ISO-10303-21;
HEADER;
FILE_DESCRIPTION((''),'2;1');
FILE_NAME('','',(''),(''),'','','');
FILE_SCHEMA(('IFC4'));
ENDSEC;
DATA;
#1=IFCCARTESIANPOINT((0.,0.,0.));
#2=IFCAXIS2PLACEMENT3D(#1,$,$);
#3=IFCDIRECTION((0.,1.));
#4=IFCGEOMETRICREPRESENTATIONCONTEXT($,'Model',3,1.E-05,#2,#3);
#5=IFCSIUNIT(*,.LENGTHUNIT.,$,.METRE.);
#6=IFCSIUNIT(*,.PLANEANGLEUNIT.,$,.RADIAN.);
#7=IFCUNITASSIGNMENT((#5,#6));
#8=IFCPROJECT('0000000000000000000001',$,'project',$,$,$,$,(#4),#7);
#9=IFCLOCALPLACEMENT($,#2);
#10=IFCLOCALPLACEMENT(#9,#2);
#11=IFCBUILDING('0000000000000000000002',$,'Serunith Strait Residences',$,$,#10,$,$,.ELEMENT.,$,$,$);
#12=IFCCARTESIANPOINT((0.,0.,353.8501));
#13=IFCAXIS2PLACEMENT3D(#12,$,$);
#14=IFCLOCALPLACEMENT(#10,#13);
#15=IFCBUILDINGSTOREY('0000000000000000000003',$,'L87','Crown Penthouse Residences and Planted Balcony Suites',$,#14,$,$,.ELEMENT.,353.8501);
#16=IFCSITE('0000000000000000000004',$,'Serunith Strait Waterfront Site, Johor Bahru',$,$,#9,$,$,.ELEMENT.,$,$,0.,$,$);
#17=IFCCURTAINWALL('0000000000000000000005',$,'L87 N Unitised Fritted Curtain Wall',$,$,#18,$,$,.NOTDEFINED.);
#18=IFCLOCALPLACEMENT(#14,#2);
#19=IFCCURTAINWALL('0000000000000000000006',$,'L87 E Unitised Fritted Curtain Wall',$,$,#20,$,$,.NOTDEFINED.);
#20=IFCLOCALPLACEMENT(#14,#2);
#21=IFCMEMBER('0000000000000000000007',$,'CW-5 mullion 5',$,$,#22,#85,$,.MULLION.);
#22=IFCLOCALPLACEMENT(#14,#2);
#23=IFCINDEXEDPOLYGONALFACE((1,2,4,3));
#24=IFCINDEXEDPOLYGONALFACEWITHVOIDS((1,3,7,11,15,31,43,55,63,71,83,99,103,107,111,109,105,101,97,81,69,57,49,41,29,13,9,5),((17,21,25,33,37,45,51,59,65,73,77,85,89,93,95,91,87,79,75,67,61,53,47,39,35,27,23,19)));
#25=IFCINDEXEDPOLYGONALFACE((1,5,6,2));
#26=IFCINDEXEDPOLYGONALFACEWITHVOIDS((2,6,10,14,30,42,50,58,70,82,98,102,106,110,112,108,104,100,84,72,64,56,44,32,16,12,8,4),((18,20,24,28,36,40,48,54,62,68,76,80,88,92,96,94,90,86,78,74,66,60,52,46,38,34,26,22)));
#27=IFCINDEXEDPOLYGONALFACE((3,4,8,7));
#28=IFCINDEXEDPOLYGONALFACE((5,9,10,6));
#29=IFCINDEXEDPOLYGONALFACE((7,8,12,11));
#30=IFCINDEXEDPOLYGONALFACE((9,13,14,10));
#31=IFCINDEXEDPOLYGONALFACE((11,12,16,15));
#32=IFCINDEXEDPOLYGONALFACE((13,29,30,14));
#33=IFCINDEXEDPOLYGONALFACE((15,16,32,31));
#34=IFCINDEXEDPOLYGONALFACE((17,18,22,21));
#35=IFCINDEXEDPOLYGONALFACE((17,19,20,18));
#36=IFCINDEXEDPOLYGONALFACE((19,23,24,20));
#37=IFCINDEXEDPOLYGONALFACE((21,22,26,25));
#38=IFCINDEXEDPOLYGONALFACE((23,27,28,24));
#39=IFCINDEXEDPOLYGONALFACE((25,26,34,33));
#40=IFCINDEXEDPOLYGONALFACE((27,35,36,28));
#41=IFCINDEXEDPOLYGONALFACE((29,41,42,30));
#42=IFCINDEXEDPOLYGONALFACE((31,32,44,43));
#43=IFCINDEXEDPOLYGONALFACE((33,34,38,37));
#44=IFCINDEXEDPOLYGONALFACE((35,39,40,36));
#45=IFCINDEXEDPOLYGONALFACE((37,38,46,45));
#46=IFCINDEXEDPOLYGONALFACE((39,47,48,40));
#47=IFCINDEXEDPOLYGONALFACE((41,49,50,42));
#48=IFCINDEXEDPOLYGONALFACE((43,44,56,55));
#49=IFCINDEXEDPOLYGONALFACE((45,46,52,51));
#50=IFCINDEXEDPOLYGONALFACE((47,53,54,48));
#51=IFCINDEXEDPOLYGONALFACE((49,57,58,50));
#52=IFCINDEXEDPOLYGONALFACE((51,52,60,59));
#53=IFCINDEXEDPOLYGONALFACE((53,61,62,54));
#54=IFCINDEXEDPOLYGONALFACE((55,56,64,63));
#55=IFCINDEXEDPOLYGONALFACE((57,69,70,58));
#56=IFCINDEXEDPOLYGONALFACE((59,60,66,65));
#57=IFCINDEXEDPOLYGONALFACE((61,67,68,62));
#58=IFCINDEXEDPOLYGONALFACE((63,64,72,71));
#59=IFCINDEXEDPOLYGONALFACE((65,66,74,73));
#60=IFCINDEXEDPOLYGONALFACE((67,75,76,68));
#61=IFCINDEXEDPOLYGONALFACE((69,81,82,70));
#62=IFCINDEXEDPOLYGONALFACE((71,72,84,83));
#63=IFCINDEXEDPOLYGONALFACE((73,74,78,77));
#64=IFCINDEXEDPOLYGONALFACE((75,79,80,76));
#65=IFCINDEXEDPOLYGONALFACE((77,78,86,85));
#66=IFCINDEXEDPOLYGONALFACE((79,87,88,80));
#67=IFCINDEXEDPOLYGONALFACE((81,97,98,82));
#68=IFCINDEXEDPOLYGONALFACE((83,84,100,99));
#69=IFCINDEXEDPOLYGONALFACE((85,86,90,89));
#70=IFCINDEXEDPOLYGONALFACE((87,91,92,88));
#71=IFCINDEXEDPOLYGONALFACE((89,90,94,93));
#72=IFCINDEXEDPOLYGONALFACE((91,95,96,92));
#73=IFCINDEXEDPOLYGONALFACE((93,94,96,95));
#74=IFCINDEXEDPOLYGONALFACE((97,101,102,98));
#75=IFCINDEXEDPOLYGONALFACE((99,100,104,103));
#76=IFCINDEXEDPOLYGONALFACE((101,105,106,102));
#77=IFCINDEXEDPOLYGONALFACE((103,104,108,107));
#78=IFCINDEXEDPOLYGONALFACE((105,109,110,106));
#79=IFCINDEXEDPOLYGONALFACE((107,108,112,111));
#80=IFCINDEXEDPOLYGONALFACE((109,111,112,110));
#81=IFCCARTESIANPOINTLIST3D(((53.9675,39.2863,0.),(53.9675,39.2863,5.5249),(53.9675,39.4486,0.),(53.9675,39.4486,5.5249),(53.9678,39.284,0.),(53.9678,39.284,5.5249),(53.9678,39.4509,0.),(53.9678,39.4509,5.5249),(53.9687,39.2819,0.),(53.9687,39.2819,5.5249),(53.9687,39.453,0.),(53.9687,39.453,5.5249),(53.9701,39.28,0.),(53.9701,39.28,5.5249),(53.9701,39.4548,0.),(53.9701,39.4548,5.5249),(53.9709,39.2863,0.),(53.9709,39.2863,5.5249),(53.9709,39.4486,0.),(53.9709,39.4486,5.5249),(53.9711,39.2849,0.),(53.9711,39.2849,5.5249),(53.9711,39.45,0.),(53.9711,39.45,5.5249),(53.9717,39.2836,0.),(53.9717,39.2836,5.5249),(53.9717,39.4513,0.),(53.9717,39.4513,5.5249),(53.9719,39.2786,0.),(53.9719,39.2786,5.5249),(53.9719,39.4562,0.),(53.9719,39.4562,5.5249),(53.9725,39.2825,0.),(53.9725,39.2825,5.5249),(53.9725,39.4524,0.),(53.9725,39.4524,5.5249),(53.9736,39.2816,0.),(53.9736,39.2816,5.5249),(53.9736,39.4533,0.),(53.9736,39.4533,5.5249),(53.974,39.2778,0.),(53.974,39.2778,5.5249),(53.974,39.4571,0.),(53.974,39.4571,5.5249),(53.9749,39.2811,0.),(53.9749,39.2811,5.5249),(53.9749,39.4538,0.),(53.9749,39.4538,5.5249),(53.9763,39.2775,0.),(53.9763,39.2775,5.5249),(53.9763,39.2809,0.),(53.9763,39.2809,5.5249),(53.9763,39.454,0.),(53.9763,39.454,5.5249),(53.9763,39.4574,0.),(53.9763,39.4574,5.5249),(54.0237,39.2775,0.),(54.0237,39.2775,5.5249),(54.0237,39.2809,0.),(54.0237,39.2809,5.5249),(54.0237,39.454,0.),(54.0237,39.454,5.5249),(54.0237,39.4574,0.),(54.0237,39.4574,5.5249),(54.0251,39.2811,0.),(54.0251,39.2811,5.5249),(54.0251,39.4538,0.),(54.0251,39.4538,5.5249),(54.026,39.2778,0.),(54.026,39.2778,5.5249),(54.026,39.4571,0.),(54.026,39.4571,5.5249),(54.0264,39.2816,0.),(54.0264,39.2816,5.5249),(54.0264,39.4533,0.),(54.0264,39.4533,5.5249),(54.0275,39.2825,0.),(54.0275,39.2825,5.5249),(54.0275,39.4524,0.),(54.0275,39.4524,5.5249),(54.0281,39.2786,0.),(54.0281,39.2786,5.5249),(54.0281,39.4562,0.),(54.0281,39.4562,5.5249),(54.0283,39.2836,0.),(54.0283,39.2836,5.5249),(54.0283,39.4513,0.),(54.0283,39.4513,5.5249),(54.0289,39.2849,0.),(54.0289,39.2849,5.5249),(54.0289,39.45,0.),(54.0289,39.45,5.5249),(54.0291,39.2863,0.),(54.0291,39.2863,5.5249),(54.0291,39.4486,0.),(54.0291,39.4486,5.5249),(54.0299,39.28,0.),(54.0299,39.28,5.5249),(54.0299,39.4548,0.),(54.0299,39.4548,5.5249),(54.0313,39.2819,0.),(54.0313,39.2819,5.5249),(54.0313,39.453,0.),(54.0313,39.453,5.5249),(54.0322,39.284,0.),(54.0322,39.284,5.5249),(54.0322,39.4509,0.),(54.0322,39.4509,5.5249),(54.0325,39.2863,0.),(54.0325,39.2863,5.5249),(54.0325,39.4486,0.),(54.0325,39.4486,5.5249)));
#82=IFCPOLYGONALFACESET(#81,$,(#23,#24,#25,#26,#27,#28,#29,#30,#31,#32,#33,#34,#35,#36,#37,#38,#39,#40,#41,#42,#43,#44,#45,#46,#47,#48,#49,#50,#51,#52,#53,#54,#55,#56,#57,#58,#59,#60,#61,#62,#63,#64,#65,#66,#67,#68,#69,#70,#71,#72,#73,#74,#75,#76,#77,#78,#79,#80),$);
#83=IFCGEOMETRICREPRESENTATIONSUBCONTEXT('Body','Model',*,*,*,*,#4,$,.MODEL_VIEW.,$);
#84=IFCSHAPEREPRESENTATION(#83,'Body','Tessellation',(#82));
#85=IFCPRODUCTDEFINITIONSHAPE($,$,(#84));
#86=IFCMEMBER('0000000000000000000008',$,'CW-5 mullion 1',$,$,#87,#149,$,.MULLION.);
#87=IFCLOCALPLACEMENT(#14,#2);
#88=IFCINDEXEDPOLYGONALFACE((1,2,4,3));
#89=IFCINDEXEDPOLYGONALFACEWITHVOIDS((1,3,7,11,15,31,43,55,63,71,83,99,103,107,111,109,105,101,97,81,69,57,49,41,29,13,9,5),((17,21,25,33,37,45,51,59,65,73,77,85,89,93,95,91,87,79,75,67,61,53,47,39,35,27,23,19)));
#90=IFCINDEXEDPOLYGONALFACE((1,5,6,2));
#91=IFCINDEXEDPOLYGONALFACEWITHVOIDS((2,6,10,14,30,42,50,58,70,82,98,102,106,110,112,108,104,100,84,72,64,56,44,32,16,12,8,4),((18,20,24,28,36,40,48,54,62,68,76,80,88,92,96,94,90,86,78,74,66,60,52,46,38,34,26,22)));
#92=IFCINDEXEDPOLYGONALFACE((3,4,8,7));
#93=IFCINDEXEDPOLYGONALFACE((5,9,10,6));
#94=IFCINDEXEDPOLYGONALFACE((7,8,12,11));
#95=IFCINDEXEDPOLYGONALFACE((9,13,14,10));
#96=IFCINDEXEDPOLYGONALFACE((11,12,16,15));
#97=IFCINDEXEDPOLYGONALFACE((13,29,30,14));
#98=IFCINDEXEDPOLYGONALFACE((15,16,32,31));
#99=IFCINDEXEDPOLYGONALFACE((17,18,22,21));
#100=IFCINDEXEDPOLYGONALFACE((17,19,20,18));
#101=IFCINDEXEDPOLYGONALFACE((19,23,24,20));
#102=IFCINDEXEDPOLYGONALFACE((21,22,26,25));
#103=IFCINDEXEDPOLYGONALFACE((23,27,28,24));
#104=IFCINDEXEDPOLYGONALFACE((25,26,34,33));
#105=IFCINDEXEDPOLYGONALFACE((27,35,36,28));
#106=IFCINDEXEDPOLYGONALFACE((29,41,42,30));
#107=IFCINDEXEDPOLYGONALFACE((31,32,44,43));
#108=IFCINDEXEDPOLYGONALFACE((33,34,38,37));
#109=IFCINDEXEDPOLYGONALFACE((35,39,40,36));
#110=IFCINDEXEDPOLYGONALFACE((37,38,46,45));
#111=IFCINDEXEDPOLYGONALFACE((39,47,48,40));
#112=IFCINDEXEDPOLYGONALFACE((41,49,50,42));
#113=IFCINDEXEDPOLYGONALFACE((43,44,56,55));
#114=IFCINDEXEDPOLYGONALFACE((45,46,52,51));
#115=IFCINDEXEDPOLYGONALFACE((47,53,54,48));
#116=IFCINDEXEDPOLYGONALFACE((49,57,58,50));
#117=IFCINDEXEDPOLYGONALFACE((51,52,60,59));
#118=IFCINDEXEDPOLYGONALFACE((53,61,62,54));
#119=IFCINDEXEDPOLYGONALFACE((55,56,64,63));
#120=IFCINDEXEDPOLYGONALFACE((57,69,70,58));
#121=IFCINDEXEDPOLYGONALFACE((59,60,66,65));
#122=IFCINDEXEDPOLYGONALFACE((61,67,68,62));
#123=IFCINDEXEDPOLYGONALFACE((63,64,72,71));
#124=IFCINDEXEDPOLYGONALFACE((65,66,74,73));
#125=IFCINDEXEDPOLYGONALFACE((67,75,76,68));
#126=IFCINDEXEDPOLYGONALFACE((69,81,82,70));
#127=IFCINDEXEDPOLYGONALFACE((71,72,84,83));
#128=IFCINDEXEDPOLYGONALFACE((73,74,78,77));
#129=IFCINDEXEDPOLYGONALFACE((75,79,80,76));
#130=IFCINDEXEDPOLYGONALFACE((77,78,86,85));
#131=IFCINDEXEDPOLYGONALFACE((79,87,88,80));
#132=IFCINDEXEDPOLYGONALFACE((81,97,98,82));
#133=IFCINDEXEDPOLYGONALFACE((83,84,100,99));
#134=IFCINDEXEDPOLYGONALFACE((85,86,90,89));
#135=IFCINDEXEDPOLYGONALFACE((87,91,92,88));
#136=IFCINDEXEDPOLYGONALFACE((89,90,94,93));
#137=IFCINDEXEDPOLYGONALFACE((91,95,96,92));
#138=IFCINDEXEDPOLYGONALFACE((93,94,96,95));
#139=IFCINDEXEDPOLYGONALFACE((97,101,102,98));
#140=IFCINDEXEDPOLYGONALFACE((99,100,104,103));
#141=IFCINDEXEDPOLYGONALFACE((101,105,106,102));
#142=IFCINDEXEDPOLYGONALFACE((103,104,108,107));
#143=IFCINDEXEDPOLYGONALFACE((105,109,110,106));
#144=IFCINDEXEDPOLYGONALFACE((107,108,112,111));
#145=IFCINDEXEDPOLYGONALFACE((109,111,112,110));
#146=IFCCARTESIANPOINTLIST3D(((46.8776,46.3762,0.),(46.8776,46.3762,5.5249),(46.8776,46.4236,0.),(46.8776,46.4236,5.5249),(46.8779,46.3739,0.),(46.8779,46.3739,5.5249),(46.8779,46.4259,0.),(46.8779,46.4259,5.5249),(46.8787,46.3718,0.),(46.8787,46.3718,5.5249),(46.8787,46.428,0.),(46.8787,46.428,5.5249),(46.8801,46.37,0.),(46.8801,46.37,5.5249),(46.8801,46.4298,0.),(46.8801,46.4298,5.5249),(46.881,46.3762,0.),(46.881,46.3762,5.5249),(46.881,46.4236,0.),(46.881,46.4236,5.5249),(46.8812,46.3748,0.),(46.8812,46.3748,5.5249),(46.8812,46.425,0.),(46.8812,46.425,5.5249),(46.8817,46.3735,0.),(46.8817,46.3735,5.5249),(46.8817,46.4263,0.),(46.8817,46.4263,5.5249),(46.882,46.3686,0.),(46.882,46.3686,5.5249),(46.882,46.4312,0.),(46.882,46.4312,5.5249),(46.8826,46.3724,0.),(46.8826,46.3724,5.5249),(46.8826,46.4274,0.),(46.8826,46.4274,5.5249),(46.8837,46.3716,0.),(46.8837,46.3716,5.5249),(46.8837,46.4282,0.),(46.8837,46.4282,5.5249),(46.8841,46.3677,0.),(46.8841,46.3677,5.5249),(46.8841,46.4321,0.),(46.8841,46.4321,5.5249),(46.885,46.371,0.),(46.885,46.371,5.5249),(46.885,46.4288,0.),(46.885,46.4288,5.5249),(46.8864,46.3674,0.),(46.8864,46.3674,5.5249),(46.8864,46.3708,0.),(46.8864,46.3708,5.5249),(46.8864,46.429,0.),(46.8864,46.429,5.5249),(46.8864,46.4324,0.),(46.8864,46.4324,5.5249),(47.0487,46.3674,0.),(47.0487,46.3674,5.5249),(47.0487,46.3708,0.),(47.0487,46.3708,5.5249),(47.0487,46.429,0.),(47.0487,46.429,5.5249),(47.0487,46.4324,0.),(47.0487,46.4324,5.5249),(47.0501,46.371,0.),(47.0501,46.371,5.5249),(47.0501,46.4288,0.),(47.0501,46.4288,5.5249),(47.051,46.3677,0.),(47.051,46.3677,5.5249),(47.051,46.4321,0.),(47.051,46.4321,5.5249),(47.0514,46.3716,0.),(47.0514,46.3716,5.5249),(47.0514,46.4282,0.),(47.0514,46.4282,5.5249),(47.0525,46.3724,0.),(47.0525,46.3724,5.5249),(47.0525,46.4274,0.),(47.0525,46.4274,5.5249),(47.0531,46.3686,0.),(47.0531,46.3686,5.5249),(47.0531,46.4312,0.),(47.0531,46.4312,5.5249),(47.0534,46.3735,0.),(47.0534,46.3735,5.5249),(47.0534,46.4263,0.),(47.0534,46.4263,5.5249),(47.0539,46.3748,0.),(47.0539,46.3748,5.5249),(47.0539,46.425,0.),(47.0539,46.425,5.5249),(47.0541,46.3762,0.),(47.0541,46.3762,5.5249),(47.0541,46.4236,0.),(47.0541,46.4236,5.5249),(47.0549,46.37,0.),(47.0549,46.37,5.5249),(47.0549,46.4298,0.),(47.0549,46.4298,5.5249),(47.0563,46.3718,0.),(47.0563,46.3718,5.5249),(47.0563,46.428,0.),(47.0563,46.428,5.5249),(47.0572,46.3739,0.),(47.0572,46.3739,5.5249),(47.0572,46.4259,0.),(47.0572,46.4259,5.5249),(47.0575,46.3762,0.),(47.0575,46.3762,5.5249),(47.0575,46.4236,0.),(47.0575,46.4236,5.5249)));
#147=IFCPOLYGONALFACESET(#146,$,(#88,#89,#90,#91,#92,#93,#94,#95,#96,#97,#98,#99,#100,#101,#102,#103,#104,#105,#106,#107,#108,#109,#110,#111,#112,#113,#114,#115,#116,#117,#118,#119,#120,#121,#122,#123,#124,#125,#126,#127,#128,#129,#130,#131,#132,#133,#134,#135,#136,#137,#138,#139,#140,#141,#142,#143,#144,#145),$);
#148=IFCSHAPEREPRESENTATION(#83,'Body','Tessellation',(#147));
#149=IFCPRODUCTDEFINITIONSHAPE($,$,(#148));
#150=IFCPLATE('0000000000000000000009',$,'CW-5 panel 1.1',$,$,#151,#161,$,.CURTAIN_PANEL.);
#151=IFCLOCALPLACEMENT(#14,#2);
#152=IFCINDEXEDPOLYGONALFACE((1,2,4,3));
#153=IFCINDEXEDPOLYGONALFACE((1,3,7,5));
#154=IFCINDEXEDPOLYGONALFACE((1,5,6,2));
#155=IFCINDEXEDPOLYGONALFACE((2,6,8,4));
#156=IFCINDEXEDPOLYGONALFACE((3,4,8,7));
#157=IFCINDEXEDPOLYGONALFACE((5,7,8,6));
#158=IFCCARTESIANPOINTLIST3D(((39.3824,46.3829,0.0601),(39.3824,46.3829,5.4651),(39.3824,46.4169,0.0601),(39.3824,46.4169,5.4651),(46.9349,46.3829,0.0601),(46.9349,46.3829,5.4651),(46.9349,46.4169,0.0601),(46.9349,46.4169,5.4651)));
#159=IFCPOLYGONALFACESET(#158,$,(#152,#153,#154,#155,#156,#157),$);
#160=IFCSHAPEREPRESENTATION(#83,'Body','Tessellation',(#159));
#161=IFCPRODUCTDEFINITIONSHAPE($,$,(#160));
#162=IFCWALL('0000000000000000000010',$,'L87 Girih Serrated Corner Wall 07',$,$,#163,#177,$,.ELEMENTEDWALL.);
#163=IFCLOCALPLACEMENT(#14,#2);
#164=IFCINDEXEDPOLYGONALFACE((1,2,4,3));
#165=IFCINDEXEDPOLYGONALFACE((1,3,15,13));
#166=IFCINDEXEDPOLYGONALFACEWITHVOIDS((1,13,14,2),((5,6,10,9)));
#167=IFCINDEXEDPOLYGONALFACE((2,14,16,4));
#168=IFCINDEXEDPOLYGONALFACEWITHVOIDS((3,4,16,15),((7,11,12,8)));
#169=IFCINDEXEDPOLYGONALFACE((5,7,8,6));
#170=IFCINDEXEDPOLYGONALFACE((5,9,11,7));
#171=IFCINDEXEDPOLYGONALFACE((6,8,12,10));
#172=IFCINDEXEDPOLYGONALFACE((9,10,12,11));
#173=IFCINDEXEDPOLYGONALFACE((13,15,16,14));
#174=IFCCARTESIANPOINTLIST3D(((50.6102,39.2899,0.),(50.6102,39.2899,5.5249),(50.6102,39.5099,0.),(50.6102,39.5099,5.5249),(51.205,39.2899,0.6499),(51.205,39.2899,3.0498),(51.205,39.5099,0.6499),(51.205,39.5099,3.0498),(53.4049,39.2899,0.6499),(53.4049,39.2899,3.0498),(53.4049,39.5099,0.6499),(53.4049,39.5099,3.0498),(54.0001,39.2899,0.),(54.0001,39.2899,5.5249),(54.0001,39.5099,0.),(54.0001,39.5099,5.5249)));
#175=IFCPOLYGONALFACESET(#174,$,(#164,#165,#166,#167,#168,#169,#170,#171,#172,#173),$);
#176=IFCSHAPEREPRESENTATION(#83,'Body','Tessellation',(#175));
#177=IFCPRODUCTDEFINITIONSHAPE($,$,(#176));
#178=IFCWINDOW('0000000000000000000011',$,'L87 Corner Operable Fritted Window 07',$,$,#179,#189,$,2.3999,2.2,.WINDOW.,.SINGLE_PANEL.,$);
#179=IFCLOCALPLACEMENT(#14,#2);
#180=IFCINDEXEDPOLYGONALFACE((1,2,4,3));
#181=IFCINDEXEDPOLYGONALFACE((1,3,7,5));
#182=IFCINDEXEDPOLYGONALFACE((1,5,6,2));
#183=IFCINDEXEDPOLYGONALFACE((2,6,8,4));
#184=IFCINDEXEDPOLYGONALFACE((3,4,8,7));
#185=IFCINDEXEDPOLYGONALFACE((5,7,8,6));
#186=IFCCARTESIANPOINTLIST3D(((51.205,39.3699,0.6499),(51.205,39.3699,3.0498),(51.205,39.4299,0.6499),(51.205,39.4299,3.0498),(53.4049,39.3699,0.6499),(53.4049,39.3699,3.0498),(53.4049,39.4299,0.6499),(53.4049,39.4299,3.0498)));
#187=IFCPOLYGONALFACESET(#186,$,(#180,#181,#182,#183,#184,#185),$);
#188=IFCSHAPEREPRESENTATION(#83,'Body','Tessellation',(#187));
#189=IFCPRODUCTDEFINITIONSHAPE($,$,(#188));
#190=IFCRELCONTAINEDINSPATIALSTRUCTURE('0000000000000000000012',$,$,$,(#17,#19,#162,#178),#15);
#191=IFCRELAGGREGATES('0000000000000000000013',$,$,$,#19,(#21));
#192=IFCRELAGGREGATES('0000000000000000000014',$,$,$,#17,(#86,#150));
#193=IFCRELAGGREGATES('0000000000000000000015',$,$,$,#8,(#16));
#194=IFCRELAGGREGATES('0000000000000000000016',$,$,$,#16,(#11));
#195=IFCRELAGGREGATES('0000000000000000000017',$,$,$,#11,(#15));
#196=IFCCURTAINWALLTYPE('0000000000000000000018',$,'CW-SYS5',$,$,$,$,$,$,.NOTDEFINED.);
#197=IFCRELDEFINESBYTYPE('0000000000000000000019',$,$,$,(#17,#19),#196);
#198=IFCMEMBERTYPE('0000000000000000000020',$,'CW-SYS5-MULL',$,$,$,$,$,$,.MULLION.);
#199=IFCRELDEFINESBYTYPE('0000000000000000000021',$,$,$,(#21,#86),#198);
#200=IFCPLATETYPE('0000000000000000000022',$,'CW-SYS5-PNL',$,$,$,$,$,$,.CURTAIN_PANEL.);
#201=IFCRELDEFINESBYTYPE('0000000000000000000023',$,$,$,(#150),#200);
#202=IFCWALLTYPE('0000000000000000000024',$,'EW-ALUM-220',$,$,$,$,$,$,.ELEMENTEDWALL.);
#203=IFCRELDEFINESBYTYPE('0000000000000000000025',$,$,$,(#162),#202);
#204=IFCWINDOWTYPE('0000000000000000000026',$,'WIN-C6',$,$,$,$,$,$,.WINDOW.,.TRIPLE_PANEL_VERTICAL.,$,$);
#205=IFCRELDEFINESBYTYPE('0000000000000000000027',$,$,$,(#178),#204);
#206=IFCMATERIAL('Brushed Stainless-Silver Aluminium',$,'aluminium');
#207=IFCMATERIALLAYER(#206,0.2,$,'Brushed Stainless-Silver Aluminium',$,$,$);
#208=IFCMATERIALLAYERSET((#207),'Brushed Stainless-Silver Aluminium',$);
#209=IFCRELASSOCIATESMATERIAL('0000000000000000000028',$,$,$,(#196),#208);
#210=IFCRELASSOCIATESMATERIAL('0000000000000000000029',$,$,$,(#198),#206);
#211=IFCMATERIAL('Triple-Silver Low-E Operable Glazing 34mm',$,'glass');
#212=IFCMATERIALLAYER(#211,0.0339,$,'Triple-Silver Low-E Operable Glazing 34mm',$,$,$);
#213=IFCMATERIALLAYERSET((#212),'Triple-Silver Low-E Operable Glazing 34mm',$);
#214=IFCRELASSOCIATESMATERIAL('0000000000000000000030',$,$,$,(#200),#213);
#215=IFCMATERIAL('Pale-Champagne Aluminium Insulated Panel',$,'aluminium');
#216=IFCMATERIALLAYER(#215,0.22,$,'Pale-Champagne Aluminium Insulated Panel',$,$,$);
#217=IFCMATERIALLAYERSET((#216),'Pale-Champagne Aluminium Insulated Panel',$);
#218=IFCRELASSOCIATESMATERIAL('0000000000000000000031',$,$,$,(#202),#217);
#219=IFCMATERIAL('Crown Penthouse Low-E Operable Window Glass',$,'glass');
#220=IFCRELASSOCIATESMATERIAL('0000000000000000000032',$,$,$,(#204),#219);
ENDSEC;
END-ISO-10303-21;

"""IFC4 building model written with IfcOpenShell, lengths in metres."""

from ifc_helpers import new_model, si_unit, direction, frame, frame_2d, origin, origin_2d, place, context, subcontext, project, spatial, rectangle, hollow_rectangle, extrude, source, transform, mapped, material, layer, layer_set, material_profile, profile_set, type_object, element, fill, aggregate, save


model = new_model("IFC4")

# Units and contexts
model_context = context("Model", 3, precision=1e-05, world=origin(), true_north=direction((0.0, 1.0)))
body_context = subcontext(model_context, "Body", "Model", "MODEL_VIEW")
ifc_project = project(units=[si_unit("LENGTHUNIT", "METRE"), si_unit("PLANEANGLEUNIT", "RADIAN")], contexts=[model_context])

# Site, building, storey
site_placement = place(None, origin())
site = spatial("IfcSite", under=ifc_project, at=site_placement, Name="Serunith Strait Waterfront Site, Johor Bahru", CompositionType="ELEMENT", RefElevation=0.0)
building_placement = place(site_placement, origin())
building = spatial("IfcBuilding", under=site, at=building_placement, Name="Serunith Strait Residences", CompositionType="ELEMENT")
storey_placement = place(building_placement, frame((0.0, 0.0, 353.8501)))
storey = spatial("IfcBuildingStorey", under=building, at=storey_placement, Name="L87", Description="Crown Penthouse Residences and Planted Balcony Suites", CompositionType="ELEMENT", Elevation=353.8501)

# Curtain wall
ifc_material_1 = material(Name="Brushed Stainless-Silver Aluminium", Category="aluminium")
ifc_layer_1 = layer(ifc_material_1, 0.2, Name="Brushed Stainless-Silver Aluminium")
ifc_layer_set_1 = layer_set([ifc_layer_1], Name="Brushed Stainless-Silver Aluminium")
curtain_wall_type = type_object("IfcCurtainWallType", Name="CW-SYS5", PredefinedType="NOTDEFINED", material=ifc_layer_set_1)
curtain_wall_1_placement = place(storey_placement, origin())
curtain_wall_1 = element("IfcCurtainWall", 1, at=curtain_wall_1_placement, inside=storey, type_object=curtain_wall_type, Name="L87 N Unitised Fritted Curtain Wall", PredefinedType="NOTDEFINED")

# Curtain wall, member
curtain_wall_2_placement = place(storey_placement, origin())
curtain_wall_2 = element("IfcCurtainWall", 2, at=curtain_wall_2_placement, inside=storey, type_object=curtain_wall_type, Name="L87 E Unitised Fritted Curtain Wall", PredefinedType="NOTDEFINED")
ifc_material_profile_1 = material_profile(ifc_material_1, hollow_rectangle(XDim=0.0649, YDim=0.1799, WallThickness=0.0034, InnerFilletRadius=0.0054, OuterFilletRadius=0.0088, at=origin_2d()), Name="ALU 180x65x3.5")
ifc_profile_set_1 = profile_set([ifc_material_profile_1], Name="Brushed Stainless-Silver Aluminium")
member_type_1 = type_object("IfcMemberType", Name="CW-SYS5-MULL", PredefinedType="MULLION", material=ifc_profile_set_1)
shared_shape_1 = source(origin(), body_context, "Body", "SweptSolid", [
    extrude(hollow_rectangle(XDim=0.0649, YDim=0.1799, WallThickness=0.0034, InnerFilletRadius=0.0054, OuterFilletRadius=0.0088, at=origin_2d()), origin(), (0.0, 0.0, 1.0), 5.5249),
])
member_1_placement = place(storey_placement, frame((54.0, 39.3674, 0.0), z_axis=(0.0, 0.0, 1.0), x_axis=(-1.0, 0.0, 0.0)))
member_1 = element("IfcMember", 3, at=member_1_placement, type_object=member_type_1, Name="CW-5 mullion 5", PredefinedType="MULLION", context=body_context, shape_type="MappedRepresentation", body=[
    mapped(shared_shape_1, transform((0.0, 0.0, 0.0), scale=1.0)),
])
aggregate(curtain_wall_2, [member_1])

# Member
member_2_placement = place(storey_placement, frame((46.9675, 46.3999, 0.0), z_axis=(0.0, 0.0, 1.0), x_axis=(0.0, -1.0, 0.0)))
member_2 = element("IfcMember", 4, at=member_2_placement, type_object=member_type_1, Name="CW-5 mullion 1", PredefinedType="MULLION", context=body_context, shape_type="MappedRepresentation", body=[
    mapped(shared_shape_1, transform((0.0, 0.0, 0.0), scale=1.0)),
])

# Plate
ifc_material_2 = material(Name="Triple-Silver Low-E Operable Glazing 34mm", Category="glass")
ifc_layer_2 = layer(ifc_material_2, 0.0339, Name="Triple-Silver Low-E Operable Glazing 34mm")
ifc_layer_set_2 = layer_set([ifc_layer_2], Name="Triple-Silver Low-E Operable Glazing 34mm")
plate_type = type_object("IfcPlateType", Name="CW-SYS5-PNL", PredefinedType="CURTAIN_PANEL", material=ifc_layer_set_2)
shared_shape_2 = source(origin(), body_context, "Body", "SweptSolid", [
    extrude(rectangle(XDim=7.5525, YDim=0.0339, at=origin_2d()), origin(), (0.0, 0.0, 1.0), 5.405),
])
plate_placement = place(storey_placement, frame((43.1587, 46.3999, 0.0601), z_axis=(0.0, 0.0, 1.0), x_axis=(-1.0, 0.0, 0.0)))
plate = element("IfcPlate", 5, at=plate_placement, type_object=plate_type, Name="CW-5 panel 1.1", PredefinedType="CURTAIN_PANEL", context=body_context, shape_type="MappedRepresentation", body=[
    mapped(shared_shape_2, transform((0.0, 0.0, 0.0), scale=1.0)),
])
aggregate(curtain_wall_1, [member_2, plate])

# Wall, opening, window
ifc_material_3 = material(Name="Pale-Champagne Aluminium Insulated Panel", Category="aluminium")
ifc_layer_3 = layer(ifc_material_3, 0.22, Name="Pale-Champagne Aluminium Insulated Panel")
ifc_layer_set_3 = layer_set([ifc_layer_3], Name="Pale-Champagne Aluminium Insulated Panel")
wall_type_1 = type_object("IfcWallType", Name="EW-ALUM-220", PredefinedType="ELEMENTEDWALL", material=ifc_layer_set_3)
wall_1_placement = place(storey_placement, frame((54.0, 39.3999, 0.0), z_axis=(0.0, 0.0, 1.0), x_axis=(-1.0, 0.0, 0.0)))
wall_1 = element("IfcWall", 6, at=wall_1_placement, inside=storey, type_object=wall_type_1, Name="L87 Girih Serrated Corner Wall 07", PredefinedType="ELEMENTEDWALL", context=body_context, shape_type="SweptSolid", body=[
    extrude(rectangle(XDim=3.3899, YDim=0.22, at=frame_2d((1.6948, 0.0))), origin(), (0.0, 0.0, 1.0), 5.5249),
])
opening_1_placement = place(wall_1_placement, frame((0.595, 0.0, 0.6499)))
opening_1 = element("IfcOpeningElement", 7, at=opening_1_placement, cuts=wall_1, PredefinedType="OPENING", context=body_context, shape_type="SweptSolid", body=[
    extrude(rectangle(XDim=2.2, YDim=2.3999, at=frame_2d((1.1001, 1.2))), frame((0.0, 0.1201, 0.0), z_axis=(0.0, -1.0, 0.0), x_axis=(1.0, 0.0, 0.0)), (0.0, 0.0, 1.0), 0.24),
])
ifc_material_4 = material(Name="Crown Penthouse Low-E Operable Window Glass", Category="glass")
window_type = type_object("IfcWindowType", Name="WIN-C6", PartitioningType="TRIPLE_PANEL_VERTICAL", PredefinedType="WINDOW", material=ifc_material_4)
shared_shape_3 = source(origin(), body_context, "Body", "SweptSolid", [
    extrude(rectangle(XDim=2.2, YDim=2.3999, at=frame_2d((1.1001, 1.2))), frame((0.0, 0.03, 0.0), z_axis=(0.0, -1.0, 0.0), x_axis=(1.0, 0.0, 0.0)), (0.0, 0.0, 1.0), 0.0601),
])
window_1_placement = place(opening_1_placement, origin())
window_1 = element("IfcWindow", 8, at=window_1_placement, inside=storey, type_object=window_type, Name="L87 Corner Operable Fritted Window 07", OverallHeight=2.3999, OverallWidth=2.2, PartitioningType="SINGLE_PANEL", PredefinedType="WINDOW", context=body_context, shape_type="MappedRepresentation", body=[
    mapped(shared_shape_3, transform((0.0, 0.0, 0.0), scale=1.0)),
])
fill(opening_1, window_1)

save(model, "model.ifc")
